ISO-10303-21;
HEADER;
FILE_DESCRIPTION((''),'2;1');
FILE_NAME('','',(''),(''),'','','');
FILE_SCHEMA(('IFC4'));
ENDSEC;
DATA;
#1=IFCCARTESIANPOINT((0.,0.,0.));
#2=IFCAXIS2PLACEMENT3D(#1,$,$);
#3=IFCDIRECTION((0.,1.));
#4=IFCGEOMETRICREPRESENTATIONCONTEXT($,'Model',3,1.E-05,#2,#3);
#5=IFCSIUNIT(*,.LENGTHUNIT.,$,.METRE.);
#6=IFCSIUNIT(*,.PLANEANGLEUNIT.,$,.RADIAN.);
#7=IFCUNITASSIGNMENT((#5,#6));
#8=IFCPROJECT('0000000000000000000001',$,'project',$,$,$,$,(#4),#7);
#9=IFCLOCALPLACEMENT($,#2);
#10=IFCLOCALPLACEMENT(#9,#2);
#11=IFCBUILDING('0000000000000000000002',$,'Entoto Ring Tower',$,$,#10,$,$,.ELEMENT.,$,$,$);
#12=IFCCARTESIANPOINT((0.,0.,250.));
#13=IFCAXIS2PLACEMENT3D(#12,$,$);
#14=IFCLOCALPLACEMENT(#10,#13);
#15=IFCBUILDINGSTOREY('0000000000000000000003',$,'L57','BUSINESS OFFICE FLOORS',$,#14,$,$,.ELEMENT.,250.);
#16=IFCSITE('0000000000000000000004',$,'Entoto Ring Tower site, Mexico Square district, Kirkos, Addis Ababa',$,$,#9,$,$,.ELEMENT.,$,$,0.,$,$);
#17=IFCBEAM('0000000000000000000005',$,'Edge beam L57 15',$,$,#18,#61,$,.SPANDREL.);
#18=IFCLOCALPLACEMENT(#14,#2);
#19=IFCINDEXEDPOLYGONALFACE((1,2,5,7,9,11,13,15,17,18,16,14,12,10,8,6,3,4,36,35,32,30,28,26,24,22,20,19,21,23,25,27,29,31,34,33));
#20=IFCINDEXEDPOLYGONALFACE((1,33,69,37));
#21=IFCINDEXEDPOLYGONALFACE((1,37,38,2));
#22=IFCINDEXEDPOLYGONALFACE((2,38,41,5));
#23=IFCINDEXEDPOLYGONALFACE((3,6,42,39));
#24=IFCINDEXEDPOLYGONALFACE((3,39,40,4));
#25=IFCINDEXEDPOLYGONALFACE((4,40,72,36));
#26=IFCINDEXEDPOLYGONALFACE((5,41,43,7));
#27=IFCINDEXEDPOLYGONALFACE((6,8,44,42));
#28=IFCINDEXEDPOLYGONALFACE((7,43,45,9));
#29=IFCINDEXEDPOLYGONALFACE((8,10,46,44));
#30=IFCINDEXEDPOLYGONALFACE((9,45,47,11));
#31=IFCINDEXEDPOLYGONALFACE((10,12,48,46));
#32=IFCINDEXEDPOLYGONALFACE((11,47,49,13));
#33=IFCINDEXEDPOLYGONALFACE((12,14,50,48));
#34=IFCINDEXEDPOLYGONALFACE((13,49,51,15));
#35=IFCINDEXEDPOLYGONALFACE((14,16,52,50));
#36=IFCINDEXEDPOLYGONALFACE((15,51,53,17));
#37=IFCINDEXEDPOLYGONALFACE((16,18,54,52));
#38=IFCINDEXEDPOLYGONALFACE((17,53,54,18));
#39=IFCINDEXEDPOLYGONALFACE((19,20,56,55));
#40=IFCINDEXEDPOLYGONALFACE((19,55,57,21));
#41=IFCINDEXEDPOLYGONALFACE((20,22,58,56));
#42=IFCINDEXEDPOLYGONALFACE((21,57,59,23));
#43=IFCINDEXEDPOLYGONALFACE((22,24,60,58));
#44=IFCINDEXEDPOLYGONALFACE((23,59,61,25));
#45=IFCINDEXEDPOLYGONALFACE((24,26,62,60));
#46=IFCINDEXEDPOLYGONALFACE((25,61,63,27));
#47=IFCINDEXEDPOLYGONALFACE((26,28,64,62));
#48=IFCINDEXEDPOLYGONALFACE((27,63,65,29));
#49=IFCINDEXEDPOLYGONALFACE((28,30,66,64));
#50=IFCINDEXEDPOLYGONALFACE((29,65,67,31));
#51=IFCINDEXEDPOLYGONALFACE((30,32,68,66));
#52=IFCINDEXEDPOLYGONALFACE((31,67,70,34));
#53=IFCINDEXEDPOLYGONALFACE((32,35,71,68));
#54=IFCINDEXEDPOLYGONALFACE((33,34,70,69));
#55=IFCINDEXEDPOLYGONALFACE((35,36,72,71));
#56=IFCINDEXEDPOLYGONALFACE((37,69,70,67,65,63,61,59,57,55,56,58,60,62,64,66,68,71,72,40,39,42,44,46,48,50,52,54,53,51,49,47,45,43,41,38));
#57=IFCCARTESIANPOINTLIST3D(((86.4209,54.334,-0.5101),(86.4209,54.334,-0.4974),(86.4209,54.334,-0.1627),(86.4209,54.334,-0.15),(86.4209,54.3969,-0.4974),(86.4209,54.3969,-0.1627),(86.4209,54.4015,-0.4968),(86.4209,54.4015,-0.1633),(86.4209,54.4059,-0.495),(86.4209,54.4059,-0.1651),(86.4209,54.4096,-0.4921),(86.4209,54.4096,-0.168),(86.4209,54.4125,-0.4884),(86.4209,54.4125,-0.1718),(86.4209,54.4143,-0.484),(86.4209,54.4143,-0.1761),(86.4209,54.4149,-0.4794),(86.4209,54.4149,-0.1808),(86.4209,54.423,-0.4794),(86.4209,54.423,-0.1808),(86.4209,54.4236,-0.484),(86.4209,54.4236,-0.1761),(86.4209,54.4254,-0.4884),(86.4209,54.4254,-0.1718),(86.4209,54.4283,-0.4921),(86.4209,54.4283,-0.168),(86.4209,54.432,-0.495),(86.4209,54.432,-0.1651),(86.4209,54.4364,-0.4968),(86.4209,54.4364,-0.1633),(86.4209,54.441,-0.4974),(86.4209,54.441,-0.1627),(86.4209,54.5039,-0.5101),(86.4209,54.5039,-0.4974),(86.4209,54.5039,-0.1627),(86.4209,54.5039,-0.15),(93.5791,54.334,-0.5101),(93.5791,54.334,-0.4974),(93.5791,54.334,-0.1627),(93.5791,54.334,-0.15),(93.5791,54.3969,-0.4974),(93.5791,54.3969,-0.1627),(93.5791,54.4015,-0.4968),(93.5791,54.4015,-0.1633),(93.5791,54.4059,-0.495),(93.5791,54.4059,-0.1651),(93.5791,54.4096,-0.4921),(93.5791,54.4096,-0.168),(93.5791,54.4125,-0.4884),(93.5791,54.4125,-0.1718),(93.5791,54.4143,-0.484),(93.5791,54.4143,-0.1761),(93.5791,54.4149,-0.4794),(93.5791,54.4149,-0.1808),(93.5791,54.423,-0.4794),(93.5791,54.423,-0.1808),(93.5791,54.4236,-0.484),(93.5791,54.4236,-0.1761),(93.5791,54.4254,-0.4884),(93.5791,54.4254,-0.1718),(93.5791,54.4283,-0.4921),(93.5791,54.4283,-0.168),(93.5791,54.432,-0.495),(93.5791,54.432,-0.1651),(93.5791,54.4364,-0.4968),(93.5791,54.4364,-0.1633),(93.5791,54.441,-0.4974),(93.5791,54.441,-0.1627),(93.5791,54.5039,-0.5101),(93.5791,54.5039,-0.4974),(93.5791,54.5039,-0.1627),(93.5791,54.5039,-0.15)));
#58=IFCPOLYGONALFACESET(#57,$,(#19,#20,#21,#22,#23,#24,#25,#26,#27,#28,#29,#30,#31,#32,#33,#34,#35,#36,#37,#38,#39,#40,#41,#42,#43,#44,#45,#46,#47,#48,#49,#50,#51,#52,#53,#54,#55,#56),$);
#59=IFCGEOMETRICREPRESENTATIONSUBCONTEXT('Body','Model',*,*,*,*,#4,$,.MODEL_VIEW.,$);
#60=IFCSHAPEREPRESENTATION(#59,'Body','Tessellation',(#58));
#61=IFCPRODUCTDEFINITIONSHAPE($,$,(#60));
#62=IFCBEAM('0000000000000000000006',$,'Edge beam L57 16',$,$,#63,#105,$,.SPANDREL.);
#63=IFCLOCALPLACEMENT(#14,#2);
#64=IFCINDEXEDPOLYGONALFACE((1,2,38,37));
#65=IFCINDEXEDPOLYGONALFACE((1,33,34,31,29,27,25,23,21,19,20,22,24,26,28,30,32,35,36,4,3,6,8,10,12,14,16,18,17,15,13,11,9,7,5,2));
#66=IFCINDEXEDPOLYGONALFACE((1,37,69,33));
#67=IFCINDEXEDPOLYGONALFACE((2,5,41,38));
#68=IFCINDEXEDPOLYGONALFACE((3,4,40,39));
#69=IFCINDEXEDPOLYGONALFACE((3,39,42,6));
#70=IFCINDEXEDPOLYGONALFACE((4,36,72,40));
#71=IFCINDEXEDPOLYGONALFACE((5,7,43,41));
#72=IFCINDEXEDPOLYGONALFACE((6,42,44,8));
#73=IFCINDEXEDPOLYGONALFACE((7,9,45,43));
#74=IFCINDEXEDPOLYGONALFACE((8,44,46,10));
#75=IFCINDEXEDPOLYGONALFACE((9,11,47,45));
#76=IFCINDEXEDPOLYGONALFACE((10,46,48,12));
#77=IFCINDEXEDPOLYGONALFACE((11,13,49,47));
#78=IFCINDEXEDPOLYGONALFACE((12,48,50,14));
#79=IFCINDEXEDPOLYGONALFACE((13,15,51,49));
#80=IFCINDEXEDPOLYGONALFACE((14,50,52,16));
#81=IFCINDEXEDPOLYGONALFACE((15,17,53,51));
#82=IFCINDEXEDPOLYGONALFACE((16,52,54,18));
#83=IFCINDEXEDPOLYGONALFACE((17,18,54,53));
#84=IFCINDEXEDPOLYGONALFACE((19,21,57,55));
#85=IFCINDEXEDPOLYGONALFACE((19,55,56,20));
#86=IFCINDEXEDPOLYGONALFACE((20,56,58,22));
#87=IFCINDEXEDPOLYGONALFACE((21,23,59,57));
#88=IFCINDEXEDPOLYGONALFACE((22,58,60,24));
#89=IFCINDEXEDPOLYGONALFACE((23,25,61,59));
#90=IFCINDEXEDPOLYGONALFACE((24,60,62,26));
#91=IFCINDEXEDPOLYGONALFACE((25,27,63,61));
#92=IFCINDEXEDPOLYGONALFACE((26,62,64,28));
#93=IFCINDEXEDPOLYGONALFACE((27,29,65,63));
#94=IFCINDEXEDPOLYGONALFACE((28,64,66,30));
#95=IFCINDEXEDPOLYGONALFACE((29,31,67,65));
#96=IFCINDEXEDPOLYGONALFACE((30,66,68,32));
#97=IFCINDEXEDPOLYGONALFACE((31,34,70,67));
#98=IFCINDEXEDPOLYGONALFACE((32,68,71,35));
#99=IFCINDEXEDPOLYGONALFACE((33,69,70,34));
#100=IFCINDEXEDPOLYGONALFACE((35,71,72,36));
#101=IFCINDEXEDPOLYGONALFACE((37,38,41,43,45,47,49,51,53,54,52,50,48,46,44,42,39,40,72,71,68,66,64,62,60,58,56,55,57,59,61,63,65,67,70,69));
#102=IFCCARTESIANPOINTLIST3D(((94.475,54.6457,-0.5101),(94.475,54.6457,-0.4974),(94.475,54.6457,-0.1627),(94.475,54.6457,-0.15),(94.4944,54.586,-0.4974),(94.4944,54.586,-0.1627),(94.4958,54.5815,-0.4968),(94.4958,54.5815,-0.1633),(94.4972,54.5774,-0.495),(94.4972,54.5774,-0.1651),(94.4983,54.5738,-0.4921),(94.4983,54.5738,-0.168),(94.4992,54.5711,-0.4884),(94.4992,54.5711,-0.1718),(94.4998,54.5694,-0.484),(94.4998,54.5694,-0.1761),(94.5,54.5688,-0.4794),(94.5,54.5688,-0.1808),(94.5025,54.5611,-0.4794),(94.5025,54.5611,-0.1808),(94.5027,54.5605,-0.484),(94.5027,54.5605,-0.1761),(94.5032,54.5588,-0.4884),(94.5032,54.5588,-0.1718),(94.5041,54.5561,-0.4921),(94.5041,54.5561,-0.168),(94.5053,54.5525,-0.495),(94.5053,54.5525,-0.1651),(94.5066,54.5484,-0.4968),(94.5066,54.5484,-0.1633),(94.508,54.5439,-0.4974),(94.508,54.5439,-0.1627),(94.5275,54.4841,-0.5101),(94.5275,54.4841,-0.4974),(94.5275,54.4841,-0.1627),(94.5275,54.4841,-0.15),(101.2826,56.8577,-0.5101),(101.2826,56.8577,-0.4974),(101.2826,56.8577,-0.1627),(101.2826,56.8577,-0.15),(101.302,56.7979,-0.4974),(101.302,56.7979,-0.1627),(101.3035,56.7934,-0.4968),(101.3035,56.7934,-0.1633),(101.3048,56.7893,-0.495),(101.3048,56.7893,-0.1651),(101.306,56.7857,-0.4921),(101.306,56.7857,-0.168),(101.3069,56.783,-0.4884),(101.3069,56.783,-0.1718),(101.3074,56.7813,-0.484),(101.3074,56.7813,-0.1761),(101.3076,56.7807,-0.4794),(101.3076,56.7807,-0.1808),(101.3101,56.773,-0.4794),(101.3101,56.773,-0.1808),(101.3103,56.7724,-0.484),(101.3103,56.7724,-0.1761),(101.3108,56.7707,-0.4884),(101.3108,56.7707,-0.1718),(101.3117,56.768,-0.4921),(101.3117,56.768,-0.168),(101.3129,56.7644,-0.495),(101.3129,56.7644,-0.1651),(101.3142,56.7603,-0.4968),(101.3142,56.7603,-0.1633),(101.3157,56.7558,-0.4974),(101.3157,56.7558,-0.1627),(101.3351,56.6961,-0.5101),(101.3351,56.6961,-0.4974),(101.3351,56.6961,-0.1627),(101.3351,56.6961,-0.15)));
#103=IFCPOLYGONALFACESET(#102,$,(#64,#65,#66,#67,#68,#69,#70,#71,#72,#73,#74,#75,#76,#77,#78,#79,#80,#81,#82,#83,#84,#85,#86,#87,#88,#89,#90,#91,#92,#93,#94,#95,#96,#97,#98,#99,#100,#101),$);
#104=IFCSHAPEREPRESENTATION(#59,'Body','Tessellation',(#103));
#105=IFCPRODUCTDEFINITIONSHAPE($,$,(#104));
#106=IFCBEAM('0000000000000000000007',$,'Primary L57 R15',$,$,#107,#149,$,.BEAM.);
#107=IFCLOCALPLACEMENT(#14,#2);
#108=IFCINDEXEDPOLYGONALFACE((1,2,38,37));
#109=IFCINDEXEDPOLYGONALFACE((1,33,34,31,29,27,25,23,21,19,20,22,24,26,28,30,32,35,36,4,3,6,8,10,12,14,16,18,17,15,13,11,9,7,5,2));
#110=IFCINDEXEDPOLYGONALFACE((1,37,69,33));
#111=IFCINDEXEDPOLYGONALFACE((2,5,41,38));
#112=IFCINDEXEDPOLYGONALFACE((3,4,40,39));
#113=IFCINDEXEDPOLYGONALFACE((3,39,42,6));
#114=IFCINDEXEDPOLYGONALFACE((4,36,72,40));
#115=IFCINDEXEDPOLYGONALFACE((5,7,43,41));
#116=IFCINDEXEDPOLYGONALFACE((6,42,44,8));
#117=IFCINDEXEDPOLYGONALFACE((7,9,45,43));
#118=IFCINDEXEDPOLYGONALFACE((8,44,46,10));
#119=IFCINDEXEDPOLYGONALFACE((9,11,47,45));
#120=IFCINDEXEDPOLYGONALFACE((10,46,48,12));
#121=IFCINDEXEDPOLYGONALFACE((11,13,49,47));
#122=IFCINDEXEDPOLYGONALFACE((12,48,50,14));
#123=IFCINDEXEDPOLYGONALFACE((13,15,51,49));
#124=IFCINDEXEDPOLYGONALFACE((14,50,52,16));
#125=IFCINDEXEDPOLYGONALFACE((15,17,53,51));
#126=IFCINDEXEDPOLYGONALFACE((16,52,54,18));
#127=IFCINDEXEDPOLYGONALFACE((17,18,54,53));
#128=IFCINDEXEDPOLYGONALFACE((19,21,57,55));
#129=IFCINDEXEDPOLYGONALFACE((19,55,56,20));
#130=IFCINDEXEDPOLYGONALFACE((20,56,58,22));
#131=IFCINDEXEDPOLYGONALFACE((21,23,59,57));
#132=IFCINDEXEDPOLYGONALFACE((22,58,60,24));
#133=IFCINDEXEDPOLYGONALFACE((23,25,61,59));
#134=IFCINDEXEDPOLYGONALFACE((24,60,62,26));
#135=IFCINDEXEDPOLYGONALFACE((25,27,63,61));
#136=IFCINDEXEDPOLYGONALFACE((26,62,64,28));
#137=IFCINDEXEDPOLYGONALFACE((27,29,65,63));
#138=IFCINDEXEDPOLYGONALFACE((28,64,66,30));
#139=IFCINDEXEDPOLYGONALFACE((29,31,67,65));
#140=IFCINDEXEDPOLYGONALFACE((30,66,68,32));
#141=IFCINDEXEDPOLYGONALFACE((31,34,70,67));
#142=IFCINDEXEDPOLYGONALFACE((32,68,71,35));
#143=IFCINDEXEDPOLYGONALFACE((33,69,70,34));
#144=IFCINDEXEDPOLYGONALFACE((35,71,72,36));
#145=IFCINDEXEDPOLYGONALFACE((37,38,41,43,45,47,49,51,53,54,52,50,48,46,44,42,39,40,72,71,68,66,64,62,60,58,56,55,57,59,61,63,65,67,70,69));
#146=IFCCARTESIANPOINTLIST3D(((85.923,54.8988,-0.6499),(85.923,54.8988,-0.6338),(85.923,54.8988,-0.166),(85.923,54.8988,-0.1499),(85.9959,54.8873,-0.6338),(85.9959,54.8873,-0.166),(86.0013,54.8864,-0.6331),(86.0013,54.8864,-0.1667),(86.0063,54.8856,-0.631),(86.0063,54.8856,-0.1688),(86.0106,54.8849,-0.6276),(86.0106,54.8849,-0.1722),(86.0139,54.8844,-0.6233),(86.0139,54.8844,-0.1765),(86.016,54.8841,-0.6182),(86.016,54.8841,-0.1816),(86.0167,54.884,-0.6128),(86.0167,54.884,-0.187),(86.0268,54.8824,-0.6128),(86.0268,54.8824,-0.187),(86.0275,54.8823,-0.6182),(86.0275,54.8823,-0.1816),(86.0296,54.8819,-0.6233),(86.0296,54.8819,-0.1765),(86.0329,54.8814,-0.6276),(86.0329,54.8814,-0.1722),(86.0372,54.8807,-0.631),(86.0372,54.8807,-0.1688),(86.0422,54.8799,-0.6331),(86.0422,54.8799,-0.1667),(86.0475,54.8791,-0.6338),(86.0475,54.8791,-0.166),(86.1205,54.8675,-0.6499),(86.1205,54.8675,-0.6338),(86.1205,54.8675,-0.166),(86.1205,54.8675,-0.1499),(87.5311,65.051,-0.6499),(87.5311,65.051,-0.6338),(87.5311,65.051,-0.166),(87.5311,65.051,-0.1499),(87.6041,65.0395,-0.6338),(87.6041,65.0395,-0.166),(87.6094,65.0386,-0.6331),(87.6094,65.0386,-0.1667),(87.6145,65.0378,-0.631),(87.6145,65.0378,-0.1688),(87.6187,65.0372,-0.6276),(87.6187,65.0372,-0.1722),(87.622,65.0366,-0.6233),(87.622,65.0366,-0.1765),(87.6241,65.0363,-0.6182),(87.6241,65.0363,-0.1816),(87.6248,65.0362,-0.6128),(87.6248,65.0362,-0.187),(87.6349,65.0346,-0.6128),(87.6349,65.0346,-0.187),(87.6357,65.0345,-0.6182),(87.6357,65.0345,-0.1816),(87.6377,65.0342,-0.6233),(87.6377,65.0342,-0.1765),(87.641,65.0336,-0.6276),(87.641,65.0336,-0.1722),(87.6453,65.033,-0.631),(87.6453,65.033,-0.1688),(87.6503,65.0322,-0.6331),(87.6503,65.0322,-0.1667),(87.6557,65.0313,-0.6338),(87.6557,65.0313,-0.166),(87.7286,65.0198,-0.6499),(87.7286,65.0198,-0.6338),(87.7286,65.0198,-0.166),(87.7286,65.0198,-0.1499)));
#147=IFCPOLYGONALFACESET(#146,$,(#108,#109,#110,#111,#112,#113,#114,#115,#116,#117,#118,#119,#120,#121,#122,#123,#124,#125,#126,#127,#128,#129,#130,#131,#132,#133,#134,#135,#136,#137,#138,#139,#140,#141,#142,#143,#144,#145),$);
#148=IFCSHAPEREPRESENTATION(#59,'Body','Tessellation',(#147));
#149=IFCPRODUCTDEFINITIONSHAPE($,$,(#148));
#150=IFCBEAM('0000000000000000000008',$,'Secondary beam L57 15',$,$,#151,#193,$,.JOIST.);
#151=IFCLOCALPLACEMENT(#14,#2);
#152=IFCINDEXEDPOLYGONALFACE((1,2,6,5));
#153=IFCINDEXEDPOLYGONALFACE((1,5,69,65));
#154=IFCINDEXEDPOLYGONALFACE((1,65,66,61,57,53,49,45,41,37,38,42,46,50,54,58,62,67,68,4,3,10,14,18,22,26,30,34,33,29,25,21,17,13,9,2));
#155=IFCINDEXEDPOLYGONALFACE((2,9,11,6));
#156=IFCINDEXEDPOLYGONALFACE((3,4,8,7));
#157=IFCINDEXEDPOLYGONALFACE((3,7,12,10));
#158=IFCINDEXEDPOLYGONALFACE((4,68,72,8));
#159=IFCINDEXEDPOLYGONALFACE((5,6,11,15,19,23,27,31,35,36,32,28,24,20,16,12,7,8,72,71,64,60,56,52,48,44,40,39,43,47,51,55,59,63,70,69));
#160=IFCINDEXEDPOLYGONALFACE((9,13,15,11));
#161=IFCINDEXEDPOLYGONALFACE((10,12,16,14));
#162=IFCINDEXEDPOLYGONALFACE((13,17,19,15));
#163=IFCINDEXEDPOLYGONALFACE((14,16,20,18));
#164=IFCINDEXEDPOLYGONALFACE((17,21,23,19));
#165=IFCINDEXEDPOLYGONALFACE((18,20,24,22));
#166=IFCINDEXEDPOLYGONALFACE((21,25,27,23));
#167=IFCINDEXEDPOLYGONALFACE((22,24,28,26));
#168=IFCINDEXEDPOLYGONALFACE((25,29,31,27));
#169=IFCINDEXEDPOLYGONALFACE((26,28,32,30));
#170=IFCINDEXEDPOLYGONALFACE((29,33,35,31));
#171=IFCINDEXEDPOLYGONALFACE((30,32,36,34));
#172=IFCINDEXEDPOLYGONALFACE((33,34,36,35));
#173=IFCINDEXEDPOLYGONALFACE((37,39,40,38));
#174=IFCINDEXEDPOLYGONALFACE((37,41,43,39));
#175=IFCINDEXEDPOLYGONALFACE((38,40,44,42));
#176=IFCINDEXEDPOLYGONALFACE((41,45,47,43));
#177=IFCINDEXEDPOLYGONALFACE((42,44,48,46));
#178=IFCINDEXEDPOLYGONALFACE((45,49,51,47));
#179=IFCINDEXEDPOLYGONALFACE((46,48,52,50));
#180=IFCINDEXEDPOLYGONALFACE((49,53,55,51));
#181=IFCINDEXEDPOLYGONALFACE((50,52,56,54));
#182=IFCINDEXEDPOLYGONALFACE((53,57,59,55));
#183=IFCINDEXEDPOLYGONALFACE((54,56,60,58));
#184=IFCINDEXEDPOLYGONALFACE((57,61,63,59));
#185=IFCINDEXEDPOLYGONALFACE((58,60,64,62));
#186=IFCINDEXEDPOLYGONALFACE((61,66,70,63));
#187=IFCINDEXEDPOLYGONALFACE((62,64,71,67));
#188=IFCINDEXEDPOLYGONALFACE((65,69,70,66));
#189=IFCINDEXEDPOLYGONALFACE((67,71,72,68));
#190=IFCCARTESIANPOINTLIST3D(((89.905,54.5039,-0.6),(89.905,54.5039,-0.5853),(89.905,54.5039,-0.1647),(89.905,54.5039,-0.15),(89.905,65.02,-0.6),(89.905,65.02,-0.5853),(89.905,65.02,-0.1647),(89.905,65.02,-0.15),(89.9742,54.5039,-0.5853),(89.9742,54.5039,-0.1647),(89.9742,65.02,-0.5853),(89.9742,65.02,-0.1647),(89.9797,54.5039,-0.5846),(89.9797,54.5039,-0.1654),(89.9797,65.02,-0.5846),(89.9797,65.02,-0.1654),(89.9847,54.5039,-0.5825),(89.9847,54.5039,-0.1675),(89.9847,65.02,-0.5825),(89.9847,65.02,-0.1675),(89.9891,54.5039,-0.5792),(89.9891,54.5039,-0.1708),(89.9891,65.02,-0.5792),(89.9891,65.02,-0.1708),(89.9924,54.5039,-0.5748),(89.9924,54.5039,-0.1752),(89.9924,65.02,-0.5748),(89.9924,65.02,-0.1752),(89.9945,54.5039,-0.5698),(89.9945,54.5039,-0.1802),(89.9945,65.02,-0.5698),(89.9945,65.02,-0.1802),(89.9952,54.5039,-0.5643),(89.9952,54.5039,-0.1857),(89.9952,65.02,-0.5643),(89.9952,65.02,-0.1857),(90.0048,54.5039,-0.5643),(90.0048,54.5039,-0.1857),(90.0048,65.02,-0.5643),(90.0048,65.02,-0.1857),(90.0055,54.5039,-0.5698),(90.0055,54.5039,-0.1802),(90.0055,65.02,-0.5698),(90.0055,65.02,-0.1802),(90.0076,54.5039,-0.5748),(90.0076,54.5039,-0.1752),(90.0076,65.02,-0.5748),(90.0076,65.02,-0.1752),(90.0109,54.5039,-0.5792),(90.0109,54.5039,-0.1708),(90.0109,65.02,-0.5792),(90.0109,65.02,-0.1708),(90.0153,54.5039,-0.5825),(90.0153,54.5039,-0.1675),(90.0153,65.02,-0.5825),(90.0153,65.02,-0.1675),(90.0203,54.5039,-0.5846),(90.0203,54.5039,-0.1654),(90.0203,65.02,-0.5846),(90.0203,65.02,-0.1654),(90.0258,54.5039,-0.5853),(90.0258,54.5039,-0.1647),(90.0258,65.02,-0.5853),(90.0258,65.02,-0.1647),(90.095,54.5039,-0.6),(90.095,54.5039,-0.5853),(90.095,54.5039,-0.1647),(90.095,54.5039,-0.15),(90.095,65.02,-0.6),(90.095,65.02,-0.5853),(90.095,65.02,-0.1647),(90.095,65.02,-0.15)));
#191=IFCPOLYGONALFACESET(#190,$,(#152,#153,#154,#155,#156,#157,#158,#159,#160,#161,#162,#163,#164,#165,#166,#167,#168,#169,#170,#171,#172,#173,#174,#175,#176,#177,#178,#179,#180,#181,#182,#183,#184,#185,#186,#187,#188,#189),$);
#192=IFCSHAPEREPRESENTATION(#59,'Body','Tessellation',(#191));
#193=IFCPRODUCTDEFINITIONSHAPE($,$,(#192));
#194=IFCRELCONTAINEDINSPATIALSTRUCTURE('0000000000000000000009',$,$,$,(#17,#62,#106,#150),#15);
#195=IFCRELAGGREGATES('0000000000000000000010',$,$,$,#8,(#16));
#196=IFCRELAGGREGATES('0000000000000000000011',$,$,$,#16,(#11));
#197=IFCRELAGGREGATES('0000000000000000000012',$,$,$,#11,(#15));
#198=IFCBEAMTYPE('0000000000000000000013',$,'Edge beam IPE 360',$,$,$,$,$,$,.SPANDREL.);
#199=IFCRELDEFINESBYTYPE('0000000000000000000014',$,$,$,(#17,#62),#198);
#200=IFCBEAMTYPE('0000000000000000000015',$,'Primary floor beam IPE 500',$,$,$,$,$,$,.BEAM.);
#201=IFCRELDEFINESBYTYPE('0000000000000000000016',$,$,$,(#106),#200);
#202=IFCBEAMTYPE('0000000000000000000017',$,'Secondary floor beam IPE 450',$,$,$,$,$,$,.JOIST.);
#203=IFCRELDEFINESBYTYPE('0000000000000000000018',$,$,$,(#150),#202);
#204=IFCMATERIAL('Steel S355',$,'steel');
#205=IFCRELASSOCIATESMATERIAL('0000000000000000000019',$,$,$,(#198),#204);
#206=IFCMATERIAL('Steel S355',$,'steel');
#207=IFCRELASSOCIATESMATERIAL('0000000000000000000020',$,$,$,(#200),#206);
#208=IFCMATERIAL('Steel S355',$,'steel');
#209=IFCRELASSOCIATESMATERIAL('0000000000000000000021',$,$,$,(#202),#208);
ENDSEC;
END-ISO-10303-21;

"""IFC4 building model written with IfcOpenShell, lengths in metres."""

from ifc_helpers import new_model, si_unit, direction, frame, origin, origin_2d, place, context, subcontext, project, spatial, i_section, extrude, material, material_profile, profile_set, type_object, element, save


model = new_model("IFC4")

# Units and contexts
model_context = context("Model", 3, precision=1e-05, world=origin(), true_north=direction((0.0, 1.0)))
body_context = subcontext(model_context, "Body", "Model", "MODEL_VIEW")
ifc_project = project(units=[si_unit("LENGTHUNIT", "METRE"), si_unit("PLANEANGLEUNIT", "RADIAN")], contexts=[model_context])

# Site, building, storey
site_placement = place(None, origin())
site = spatial("IfcSite", under=ifc_project, at=site_placement, Name="Entoto Ring Tower site, Mexico Square district, Kirkos, Addis Ababa", CompositionType="ELEMENT", RefElevation=0.0)
building_placement = place(site_placement, origin())
building = spatial("IfcBuilding", under=site, at=building_placement, Name="Entoto Ring Tower", CompositionType="ELEMENT")
storey_placement = place(building_placement, frame((0.0, 0.0, 250.0)))
storey = spatial("IfcBuildingStorey", under=building, at=storey_placement, Name="L57", Description="BUSINESS OFFICE FLOORS", CompositionType="ELEMENT", Elevation=250.0)

# Beams
ifc_material_1 = material(Name="Steel S355", Category="steel")
ifc_material_profile_1 = material_profile(ifc_material_1, i_section(OverallWidth=0.1699, OverallDepth=0.3601, WebThickness=0.0081, FlangeThickness=0.0127, FilletRadius=0.0181, at=origin_2d()), Name="IPE 360")
ifc_profile_set_1 = profile_set([ifc_material_profile_1], Name="Steel S355")
beam_type_1 = type_object("IfcBeamType", Name="Edge beam IPE 360", PredefinedType="SPANDREL", material=ifc_profile_set_1)
beam_1_placement = place(storey_placement, frame((86.4209, 54.4189, -0.3301), z_axis=(1.0, 0.0, 0.0), x_axis=(0.0, 1.0, 0.0)))
element("IfcBeam", 1, at=beam_1_placement, inside=storey, type_object=beam_type_1, Name="Edge beam L57 15", PredefinedType="SPANDREL", context=body_context, shape_type="SweptSolid", body=[
    extrude(i_section(OverallWidth=0.1699, OverallDepth=0.3601, WebThickness=0.0081, FlangeThickness=0.0127, FilletRadius=0.0181, at=origin_2d()), origin(), (0.0, 0.0, 1.0), 7.1582),
])
beam_2_placement = place(storey_placement, frame((94.5012, 54.5649, -0.3301), z_axis=(0.951057, 0.309015, 0.0), x_axis=(-0.309015, 0.951057, 0.0)))
element("IfcBeam", 2, at=beam_2_placement, inside=storey, type_object=beam_type_1, Name="Edge beam L57 16", PredefinedType="SPANDREL", context=body_context, shape_type="SweptSolid", body=[
    extrude(i_section(OverallWidth=0.1699, OverallDepth=0.3601, WebThickness=0.0081, FlangeThickness=0.0127, FilletRadius=0.0181, at=origin_2d()), origin(), (0.0, 0.0, 1.0), 7.158),
])
ifc_material_2 = material(Name="Steel S355", Category="steel")
ifc_material_profile_2 = material_profile(ifc_material_2, i_section(OverallWidth=0.2, OverallDepth=0.5, WebThickness=0.0103, FlangeThickness=0.0161, FilletRadius=0.021, at=origin_2d()), Name="IPE 500")
ifc_profile_set_2 = profile_set([ifc_material_profile_2], Name="Steel S355")
beam_type_2 = type_object("IfcBeamType", Name="Primary floor beam IPE 500", PredefinedType="BEAM", material=ifc_profile_set_2)
beam_3_placement = place(storey_placement, frame((87.6299, 65.0354, -0.3999), z_axis=(-0.156452, -0.987686, 0.0), x_axis=(0.987686, -0.156452, 0.0)))
element("IfcBeam", 3, at=beam_3_placement, inside=storey, type_object=beam_type_2, Name="Primary L57 R15", PredefinedType="BEAM", context=body_context, shape_type="SweptSolid", body=[
    extrude(i_section(OverallWidth=0.2, OverallDepth=0.5, WebThickness=0.0103, FlangeThickness=0.0161, FilletRadius=0.021, at=origin_2d()), origin(), (0.0, 0.0, 1.0), 10.2788),
])
ifc_material_3 = material(Name="Steel S355", Category="steel")
ifc_material_profile_3 = material_profile(ifc_material_3, i_section(OverallWidth=0.1899, OverallDepth=0.45, WebThickness=0.0095, FlangeThickness=0.0146, FilletRadius=0.021, at=origin_2d()), Name="IPE 450")
ifc_profile_set_3 = profile_set([ifc_material_profile_3], Name="Steel S355")
beam_type_3 = type_object("IfcBeamType", Name="Secondary floor beam IPE 450", PredefinedType="JOIST", material=ifc_profile_set_3)
beam_4_placement = place(storey_placement, frame((90.0, 65.02, -0.375), z_axis=(0.0, -1.0, 0.0), x_axis=(1.0, 0.0, 0.0)))
element("IfcBeam", 4, at=beam_4_placement, inside=storey, type_object=beam_type_3, Name="Secondary beam L57 15", PredefinedType="JOIST", context=body_context, shape_type="SweptSolid", body=[
    extrude(i_section(OverallWidth=0.1899, OverallDepth=0.45, WebThickness=0.0095, FlangeThickness=0.0146, FilletRadius=0.021, at=origin_2d()), origin(), (0.0, 0.0, 1.0), 10.5161),
])

save(model, "model.ifc")
